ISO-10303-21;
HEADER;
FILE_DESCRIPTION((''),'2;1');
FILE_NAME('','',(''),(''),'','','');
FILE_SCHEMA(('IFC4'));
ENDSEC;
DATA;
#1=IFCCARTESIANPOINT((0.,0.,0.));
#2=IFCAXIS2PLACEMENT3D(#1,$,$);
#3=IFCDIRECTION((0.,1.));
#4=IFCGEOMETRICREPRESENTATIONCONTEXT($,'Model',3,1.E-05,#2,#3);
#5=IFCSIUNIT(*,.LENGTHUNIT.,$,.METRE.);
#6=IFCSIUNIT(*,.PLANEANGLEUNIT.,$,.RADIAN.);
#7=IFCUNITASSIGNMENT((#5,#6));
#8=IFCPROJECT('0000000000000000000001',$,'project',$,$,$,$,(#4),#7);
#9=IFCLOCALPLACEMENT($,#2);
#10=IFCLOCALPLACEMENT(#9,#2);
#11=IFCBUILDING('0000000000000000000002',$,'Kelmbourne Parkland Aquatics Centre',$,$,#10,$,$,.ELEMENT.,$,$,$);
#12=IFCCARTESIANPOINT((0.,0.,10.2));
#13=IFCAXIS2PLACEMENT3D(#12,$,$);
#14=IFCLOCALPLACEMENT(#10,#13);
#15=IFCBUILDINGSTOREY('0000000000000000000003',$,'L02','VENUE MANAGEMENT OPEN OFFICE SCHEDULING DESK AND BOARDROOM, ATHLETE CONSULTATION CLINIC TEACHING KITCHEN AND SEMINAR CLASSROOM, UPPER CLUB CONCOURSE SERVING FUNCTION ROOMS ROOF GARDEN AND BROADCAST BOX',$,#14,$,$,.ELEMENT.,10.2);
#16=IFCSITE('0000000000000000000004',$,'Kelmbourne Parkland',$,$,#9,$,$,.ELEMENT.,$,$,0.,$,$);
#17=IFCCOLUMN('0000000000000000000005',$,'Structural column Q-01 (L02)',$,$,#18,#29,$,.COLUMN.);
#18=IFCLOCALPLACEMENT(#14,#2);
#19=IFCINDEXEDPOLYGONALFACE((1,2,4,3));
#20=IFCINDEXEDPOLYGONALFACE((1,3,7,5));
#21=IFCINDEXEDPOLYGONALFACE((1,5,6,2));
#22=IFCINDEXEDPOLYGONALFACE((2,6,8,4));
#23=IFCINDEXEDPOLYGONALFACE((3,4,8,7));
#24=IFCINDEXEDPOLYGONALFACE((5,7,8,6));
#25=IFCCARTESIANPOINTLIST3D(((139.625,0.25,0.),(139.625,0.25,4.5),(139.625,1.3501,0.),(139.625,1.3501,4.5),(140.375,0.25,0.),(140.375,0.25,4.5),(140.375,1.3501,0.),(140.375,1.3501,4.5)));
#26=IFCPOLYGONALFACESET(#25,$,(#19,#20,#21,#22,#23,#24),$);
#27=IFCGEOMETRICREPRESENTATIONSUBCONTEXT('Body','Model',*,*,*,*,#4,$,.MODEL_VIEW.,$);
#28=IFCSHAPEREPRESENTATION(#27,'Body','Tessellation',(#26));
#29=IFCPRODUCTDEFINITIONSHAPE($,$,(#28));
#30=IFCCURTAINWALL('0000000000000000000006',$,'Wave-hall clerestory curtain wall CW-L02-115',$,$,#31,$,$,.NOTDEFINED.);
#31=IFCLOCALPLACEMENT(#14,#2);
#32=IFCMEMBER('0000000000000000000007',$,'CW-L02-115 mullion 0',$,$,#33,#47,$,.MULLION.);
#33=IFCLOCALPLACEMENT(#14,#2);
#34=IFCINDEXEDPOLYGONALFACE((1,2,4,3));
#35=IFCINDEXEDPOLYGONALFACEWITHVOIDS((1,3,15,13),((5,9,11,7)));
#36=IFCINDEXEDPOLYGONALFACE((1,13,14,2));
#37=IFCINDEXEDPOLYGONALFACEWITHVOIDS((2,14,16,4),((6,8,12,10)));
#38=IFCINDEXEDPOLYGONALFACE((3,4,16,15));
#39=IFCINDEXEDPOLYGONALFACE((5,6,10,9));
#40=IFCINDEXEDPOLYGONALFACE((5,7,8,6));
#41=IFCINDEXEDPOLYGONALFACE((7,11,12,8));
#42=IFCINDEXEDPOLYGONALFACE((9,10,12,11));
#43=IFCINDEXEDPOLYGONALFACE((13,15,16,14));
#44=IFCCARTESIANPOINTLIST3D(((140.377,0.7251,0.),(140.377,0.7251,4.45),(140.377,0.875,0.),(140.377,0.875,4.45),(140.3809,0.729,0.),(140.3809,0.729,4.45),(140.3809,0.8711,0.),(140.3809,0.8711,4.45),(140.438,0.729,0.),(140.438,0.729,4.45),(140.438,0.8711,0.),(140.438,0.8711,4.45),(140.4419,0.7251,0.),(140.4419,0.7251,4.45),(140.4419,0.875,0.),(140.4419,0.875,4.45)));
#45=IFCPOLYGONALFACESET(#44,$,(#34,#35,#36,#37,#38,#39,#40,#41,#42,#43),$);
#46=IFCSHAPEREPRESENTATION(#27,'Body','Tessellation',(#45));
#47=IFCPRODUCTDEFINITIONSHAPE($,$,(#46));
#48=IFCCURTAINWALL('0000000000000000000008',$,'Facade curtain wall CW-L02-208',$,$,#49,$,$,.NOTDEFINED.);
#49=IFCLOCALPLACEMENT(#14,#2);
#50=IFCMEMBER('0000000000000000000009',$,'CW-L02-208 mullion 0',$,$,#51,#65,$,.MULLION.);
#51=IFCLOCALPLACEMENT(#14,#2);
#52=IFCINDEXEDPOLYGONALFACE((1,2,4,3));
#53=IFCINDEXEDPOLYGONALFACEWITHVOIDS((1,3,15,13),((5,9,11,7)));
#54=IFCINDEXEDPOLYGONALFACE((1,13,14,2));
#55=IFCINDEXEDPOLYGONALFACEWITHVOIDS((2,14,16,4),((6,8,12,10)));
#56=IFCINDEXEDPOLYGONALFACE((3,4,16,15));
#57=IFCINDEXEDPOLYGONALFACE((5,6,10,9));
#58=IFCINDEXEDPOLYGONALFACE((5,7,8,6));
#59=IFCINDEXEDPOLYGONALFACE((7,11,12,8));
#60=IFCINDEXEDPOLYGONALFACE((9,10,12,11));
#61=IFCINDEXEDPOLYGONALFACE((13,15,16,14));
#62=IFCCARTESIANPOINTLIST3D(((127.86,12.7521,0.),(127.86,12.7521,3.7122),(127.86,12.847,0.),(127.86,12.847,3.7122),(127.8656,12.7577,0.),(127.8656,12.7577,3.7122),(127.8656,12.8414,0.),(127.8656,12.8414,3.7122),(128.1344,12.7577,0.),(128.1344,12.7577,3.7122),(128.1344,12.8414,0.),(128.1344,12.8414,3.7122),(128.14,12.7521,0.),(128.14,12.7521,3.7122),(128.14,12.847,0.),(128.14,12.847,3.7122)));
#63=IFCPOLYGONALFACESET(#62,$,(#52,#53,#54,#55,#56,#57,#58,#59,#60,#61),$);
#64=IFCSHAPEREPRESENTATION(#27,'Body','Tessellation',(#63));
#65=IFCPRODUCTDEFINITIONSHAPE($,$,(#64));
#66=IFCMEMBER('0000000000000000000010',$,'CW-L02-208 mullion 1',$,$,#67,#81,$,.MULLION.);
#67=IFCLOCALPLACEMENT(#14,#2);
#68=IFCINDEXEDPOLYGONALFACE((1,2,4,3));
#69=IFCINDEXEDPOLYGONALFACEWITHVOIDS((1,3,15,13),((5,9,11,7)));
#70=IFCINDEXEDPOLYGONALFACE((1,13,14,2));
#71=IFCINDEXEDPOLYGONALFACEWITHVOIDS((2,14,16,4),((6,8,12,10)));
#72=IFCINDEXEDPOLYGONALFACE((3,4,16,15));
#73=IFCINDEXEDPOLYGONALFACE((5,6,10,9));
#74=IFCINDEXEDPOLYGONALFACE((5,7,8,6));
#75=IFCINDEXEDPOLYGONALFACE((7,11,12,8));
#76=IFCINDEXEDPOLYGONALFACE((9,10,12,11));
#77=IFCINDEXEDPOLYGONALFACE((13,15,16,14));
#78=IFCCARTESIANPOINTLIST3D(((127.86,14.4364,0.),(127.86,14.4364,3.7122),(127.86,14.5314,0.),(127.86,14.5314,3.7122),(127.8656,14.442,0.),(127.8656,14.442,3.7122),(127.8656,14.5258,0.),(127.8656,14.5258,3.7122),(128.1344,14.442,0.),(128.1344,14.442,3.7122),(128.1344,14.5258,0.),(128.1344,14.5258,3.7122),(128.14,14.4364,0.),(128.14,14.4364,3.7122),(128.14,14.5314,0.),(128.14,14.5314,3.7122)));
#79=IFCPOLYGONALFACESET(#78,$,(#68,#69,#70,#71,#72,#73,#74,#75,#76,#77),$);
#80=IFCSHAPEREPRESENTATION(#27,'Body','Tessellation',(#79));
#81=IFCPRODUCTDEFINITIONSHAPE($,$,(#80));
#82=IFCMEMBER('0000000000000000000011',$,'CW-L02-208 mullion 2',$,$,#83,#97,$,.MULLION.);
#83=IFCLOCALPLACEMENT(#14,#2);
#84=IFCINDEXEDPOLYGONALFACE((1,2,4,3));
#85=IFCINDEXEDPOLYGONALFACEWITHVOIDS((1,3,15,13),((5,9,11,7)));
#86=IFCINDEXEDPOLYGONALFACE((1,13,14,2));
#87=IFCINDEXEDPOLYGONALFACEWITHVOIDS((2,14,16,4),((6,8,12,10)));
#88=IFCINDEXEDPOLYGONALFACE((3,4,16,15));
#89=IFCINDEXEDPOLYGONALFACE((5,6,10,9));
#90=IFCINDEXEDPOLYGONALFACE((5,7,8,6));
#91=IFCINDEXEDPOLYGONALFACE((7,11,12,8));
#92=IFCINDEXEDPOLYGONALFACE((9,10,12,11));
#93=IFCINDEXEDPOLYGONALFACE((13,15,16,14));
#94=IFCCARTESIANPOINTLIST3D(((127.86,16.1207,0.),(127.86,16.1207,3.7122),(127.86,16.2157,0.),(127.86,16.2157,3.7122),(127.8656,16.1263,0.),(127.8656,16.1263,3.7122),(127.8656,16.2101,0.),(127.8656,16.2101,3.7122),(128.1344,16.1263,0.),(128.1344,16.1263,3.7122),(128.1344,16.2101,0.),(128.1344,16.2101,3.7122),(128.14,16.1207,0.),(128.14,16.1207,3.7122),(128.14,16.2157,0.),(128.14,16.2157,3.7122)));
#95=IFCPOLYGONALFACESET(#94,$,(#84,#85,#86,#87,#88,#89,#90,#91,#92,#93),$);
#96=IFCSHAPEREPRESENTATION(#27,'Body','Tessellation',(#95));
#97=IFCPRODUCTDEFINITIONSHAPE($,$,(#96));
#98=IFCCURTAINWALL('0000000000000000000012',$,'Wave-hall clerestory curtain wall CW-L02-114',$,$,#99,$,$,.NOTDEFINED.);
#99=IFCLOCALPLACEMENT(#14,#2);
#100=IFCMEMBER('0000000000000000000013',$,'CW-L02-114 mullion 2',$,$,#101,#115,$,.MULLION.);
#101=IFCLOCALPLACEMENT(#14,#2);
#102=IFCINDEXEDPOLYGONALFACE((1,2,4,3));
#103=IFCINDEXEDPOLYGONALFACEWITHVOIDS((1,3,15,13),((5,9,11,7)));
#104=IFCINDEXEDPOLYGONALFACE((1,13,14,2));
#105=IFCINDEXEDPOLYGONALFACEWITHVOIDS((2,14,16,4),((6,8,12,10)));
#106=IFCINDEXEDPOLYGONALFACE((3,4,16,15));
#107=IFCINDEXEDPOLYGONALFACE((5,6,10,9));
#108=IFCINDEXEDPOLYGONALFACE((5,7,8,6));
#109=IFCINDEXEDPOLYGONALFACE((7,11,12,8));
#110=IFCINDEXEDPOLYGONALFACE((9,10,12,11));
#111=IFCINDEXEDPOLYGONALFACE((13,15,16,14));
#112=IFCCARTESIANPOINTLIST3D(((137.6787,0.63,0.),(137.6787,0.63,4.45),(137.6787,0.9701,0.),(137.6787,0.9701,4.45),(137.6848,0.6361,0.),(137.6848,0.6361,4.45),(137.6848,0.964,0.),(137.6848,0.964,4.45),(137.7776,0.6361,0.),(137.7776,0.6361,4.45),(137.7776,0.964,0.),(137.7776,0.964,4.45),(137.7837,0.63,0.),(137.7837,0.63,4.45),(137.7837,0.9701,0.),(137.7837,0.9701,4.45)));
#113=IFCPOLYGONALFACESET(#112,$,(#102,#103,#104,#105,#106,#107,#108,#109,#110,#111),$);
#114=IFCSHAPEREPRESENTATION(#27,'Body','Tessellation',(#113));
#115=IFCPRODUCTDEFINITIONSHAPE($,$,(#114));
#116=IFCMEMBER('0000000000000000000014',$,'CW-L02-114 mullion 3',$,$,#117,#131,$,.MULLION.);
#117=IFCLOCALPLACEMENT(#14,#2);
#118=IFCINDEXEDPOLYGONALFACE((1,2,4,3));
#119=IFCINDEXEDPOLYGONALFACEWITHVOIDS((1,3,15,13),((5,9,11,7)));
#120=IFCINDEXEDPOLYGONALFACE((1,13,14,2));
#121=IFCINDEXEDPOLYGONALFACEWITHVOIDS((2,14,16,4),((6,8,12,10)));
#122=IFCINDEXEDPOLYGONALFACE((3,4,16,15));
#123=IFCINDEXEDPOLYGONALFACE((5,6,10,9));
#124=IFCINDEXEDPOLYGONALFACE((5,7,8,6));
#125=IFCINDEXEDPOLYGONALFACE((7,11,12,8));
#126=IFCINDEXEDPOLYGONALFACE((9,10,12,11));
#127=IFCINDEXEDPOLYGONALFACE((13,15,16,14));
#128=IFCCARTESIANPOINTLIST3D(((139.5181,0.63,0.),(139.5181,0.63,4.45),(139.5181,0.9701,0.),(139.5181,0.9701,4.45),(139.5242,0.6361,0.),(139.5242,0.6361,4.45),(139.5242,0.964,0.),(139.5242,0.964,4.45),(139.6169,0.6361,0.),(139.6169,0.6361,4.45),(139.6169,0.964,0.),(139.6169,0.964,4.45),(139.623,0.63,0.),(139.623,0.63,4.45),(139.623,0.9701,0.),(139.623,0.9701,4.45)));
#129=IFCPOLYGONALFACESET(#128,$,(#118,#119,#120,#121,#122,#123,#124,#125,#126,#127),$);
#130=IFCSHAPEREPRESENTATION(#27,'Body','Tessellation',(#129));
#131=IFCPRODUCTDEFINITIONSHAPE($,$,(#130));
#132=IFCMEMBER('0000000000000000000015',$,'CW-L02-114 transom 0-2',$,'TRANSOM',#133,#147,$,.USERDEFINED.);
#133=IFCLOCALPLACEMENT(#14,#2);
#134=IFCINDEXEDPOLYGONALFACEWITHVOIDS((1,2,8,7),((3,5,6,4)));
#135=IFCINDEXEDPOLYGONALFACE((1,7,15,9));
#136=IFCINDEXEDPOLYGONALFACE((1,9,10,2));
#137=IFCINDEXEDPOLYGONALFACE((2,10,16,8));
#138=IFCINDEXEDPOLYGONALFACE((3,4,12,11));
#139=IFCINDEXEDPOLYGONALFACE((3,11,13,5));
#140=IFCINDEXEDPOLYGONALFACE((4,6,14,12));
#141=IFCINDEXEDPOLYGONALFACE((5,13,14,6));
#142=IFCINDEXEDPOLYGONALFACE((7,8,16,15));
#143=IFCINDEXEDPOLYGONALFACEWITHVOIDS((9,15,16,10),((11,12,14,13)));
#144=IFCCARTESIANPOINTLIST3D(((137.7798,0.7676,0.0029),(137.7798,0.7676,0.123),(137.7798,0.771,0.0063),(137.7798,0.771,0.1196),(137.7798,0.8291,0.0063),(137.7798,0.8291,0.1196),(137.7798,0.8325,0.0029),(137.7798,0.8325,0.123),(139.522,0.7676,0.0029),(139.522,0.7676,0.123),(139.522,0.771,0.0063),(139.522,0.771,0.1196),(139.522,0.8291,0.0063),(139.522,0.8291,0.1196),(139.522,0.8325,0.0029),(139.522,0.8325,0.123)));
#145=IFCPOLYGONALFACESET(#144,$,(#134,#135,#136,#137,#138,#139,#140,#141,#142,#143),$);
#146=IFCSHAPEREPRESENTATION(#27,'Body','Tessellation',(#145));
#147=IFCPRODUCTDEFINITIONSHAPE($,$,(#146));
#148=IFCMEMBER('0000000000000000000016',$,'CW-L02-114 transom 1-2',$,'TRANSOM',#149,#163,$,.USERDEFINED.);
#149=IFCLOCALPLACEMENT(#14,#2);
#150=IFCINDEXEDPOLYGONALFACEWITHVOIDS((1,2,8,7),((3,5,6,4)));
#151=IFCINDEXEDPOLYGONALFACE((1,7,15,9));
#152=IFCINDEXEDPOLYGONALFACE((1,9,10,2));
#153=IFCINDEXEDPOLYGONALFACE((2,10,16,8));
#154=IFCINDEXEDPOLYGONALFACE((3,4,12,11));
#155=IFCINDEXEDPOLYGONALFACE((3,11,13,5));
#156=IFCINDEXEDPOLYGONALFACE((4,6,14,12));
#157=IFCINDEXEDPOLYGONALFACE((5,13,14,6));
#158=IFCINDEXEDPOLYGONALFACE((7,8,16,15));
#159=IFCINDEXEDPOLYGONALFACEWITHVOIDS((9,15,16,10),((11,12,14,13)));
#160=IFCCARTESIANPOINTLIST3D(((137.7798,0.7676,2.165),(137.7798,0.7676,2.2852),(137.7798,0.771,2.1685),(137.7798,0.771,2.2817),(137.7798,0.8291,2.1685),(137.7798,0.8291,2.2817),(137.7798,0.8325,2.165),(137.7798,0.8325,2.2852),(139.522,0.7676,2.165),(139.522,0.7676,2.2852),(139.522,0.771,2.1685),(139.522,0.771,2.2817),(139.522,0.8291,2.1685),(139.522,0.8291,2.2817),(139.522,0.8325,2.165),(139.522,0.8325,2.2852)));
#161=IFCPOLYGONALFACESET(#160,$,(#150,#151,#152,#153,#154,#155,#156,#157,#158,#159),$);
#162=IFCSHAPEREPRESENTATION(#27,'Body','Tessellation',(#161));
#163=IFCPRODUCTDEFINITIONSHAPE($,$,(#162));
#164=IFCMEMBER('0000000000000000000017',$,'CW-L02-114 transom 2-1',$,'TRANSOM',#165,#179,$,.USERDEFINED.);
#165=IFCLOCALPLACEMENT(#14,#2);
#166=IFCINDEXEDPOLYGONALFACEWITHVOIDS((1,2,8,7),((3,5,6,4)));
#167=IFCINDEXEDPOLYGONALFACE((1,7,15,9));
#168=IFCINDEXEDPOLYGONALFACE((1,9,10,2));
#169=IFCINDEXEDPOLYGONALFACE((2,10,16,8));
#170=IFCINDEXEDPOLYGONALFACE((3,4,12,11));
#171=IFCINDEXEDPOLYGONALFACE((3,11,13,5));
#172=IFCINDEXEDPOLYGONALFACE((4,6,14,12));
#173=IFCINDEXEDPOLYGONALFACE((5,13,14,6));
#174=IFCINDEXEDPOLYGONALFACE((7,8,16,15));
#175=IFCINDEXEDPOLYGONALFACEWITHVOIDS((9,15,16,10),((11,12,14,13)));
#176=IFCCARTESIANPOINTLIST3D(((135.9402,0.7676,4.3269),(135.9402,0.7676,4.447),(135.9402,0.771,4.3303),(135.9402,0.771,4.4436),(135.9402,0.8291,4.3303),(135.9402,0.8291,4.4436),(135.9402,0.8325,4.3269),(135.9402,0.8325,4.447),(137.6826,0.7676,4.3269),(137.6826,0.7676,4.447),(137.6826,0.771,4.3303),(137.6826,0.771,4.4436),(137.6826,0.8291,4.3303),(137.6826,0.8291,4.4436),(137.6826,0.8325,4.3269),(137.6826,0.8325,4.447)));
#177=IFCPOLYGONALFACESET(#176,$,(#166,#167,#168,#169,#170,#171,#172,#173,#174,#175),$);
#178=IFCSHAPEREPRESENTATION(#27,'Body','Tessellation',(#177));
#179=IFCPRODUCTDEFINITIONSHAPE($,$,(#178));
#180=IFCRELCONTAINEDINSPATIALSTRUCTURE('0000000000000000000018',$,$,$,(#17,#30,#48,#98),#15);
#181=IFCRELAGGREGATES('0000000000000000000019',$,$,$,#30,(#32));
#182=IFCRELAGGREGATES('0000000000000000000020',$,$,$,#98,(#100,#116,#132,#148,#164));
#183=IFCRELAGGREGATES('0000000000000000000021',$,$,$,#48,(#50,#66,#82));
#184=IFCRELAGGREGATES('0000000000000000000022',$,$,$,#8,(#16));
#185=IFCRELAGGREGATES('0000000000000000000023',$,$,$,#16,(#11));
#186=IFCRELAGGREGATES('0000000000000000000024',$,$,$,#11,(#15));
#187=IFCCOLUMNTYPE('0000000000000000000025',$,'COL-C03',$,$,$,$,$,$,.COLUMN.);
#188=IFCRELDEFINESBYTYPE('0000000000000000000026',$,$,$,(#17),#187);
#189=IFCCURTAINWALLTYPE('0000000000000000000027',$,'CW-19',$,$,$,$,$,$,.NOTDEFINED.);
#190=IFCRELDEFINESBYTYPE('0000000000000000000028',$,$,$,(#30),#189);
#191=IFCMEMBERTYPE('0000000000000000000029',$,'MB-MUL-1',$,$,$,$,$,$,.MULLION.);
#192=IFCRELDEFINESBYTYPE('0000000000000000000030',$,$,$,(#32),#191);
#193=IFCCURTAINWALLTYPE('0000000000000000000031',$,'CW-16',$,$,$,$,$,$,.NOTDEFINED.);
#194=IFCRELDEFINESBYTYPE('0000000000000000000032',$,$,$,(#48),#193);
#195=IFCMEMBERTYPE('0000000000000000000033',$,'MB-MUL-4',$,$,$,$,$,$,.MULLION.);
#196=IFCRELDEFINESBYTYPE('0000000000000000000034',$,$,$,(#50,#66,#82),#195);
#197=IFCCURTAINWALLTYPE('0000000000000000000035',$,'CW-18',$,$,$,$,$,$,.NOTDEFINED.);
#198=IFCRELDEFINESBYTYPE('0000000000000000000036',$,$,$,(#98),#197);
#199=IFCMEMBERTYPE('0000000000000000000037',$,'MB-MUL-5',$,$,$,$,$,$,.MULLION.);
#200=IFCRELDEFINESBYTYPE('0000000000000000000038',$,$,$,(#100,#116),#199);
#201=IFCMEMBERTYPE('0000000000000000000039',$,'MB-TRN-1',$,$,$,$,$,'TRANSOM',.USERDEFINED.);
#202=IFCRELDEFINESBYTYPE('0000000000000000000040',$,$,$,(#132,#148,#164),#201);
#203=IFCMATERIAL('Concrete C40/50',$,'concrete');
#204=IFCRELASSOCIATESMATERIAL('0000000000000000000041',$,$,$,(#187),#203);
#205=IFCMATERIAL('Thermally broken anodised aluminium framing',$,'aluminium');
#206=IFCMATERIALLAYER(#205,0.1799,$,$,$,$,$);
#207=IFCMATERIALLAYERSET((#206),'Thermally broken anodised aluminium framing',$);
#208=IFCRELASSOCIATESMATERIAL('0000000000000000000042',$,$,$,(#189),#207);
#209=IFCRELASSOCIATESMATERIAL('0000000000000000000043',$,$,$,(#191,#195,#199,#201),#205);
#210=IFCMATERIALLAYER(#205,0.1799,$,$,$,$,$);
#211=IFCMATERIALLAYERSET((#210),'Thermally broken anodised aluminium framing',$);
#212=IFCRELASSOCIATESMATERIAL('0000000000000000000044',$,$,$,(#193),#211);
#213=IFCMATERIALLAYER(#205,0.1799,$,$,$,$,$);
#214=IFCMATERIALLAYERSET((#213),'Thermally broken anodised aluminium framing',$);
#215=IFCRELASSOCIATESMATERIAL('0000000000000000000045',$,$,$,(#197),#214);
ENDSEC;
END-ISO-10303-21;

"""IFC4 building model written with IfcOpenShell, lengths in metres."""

from ifc_helpers import new_model, si_unit, direction, frame, origin, origin_2d, place, context, subcontext, project, spatial, rectangle, hollow_rectangle, extrude, material, layer, layer_set, material_profile, profile_set, type_object, element, aggregate, save


model = new_model("IFC4")

# Units and contexts
model_context = context("Model", 3, precision=1e-05, world=origin(), true_north=direction((0.0, 1.0)))
body_context = subcontext(model_context, "Body", "Model", "MODEL_VIEW")
ifc_project = project(units=[si_unit("LENGTHUNIT", "METRE"), si_unit("PLANEANGLEUNIT", "RADIAN")], contexts=[model_context])

# Site, building, storey
site_placement = place(None, origin())
site = spatial("IfcSite", under=ifc_project, at=site_placement, Name="Kelmbourne Parkland", CompositionType="ELEMENT", RefElevation=0.0)
building_placement = place(site_placement, origin())
building = spatial("IfcBuilding", under=site, at=building_placement, Name="Kelmbourne Parkland Aquatics Centre", CompositionType="ELEMENT")
storey_placement = place(building_placement, frame((0.0, 0.0, 10.2)))
storey = spatial("IfcBuildingStorey", under=building, at=storey_placement, Name="L02", Description="VENUE MANAGEMENT OPEN OFFICE SCHEDULING DESK AND BOARDROOM, ATHLETE CONSULTATION CLINIC TEACHING KITCHEN AND SEMINAR CLASSROOM, UPPER CLUB CONCOURSE SERVING FUNCTION ROOMS ROOF GARDEN AND BROADCAST BOX", CompositionType="ELEMENT", Elevation=10.2)

# Column
ifc_material_1 = material(Name="Concrete C40/50", Category="concrete")
ifc_material_profile_1 = material_profile(ifc_material_1, rectangle(XDim=0.75, YDim=1.1001, at=origin_2d()), Name="RC 750x1100")
ifc_profile_set_1 = profile_set([ifc_material_profile_1], Name="Concrete C40/50")
column_type = type_object("IfcColumnType", Name="COL-C03", PredefinedType="COLUMN", material=ifc_profile_set_1)
column_placement = place(storey_placement, frame((140.0, 0.8, 0.0), z_axis=(0.0, 0.0, 1.0), x_axis=(1.0, 0.0, 0.0)))
element("IfcColumn", 1, at=column_placement, inside=storey, type_object=column_type, Name="Structural column Q-01 (L02)", PredefinedType="COLUMN", context=body_context, shape_type="SweptSolid", body=[
    extrude(rectangle(XDim=0.75, YDim=1.1001, at=origin_2d()), origin(), (0.0, 0.0, 1.0), 4.5),
])

# Curtain wall, member
ifc_material_2 = material(Name="Thermally broken anodised aluminium framing", Category="aluminium")
ifc_layer_1 = layer(ifc_material_2, 0.1799)
ifc_layer_set_1 = layer_set([ifc_layer_1], Name="Thermally broken anodised aluminium framing")
curtain_wall_type_1 = type_object("IfcCurtainWallType", Name="CW-19", PredefinedType="NOTDEFINED", material=ifc_layer_set_1)
curtain_wall_1_placement = place(storey_placement, origin())
curtain_wall_1 = element("IfcCurtainWall", 2, at=curtain_wall_1_placement, inside=storey, type_object=curtain_wall_type_1, Name="Wave-hall clerestory curtain wall CW-L02-115", PredefinedType="NOTDEFINED")
ifc_material_profile_2 = material_profile(ifc_material_2, hollow_rectangle(XDim=0.0649, YDim=0.1499, WallThickness=0.0039, at=origin_2d()), Name="CW-M 65x150")
ifc_profile_set_2 = profile_set([ifc_material_profile_2], Name="Thermally broken anodised aluminium framing")
member_type_1 = type_object("IfcMemberType", Name="MB-MUL-1", PredefinedType="MULLION", material=ifc_profile_set_2)
member_1_placement = place(storey_placement, frame((140.4094, 0.8, 0.0), z_axis=(0.0, 0.0, 1.0), x_axis=(1.0, 0.0, 0.0)))
member_1 = element("IfcMember", 3, at=member_1_placement, type_object=member_type_1, Name="CW-L02-115 mullion 0", PredefinedType="MULLION", context=body_context, shape_type="SweptSolid", body=[
    extrude(hollow_rectangle(XDim=0.0649, YDim=0.1499, WallThickness=0.0039, at=origin_2d()), origin(), (0.0, 0.0, 1.0), 4.45),
])
aggregate(curtain_wall_1, [member_1])

# Curtain walls, members
ifc_layer_2 = layer(ifc_material_2, 0.1799)
ifc_layer_set_2 = layer_set([ifc_layer_2], Name="Thermally broken anodised aluminium framing")
curtain_wall_type_2 = type_object("IfcCurtainWallType", Name="CW-16", PredefinedType="NOTDEFINED", material=ifc_layer_set_2)
curtain_wall_2_placement = place(storey_placement, origin())
curtain_wall_2 = element("IfcCurtainWall", 4, at=curtain_wall_2_placement, inside=storey, type_object=curtain_wall_type_2, Name="Facade curtain wall CW-L02-208", PredefinedType="NOTDEFINED")
ifc_material_profile_3 = material_profile(ifc_material_2, hollow_rectangle(XDim=0.095, YDim=0.28, WallThickness=0.0056, at=origin_2d()), Name="CW-M 95x280")
ifc_profile_set_3 = profile_set([ifc_material_profile_3], Name="Thermally broken anodised aluminium framing")
member_type_2 = type_object("IfcMemberType", Name="MB-MUL-4", PredefinedType="MULLION", material=ifc_profile_set_3)
member_2_placement = place(storey_placement, frame((128.0, 12.7996, 0.0), z_axis=(0.0, 0.0, 1.0), x_axis=(0.0, 1.0, 0.0)))
member_2 = element("IfcMember", 5, at=member_2_placement, type_object=member_type_2, Name="CW-L02-208 mullion 0", PredefinedType="MULLION", context=body_context, shape_type="SweptSolid", body=[
    extrude(hollow_rectangle(XDim=0.095, YDim=0.28, WallThickness=0.0056, at=origin_2d()), origin(), (0.0, 0.0, 1.0), 3.7122),
])
member_3_placement = place(storey_placement, frame((128.0, 14.4839, 0.0), z_axis=(0.0, 0.0, 1.0), x_axis=(0.0, 1.0, 0.0)))
member_3 = element("IfcMember", 6, at=member_3_placement, type_object=member_type_2, Name="CW-L02-208 mullion 1", PredefinedType="MULLION", context=body_context, shape_type="SweptSolid", body=[
    extrude(hollow_rectangle(XDim=0.095, YDim=0.28, WallThickness=0.0056, at=origin_2d()), origin(), (0.0, 0.0, 1.0), 3.7122),
])
member_4_placement = place(storey_placement, frame((128.0, 16.1682, 0.0), z_axis=(0.0, 0.0, 1.0), x_axis=(0.0, 1.0, 0.0)))
member_4 = element("IfcMember", 7, at=member_4_placement, type_object=member_type_2, Name="CW-L02-208 mullion 2", PredefinedType="MULLION", context=body_context, shape_type="SweptSolid", body=[
    extrude(hollow_rectangle(XDim=0.095, YDim=0.28, WallThickness=0.0056, at=origin_2d()), origin(), (0.0, 0.0, 1.0), 3.7122),
])
ifc_layer_3 = layer(ifc_material_2, 0.1799)
ifc_layer_set_3 = layer_set([ifc_layer_3], Name="Thermally broken anodised aluminium framing")
curtain_wall_type_3 = type_object("IfcCurtainWallType", Name="CW-18", PredefinedType="NOTDEFINED", material=ifc_layer_set_3)
curtain_wall_3_placement = place(storey_placement, origin())
curtain_wall_3 = element("IfcCurtainWall", 8, at=curtain_wall_3_placement, inside=storey, type_object=curtain_wall_type_3, Name="Wave-hall clerestory curtain wall CW-L02-114", PredefinedType="NOTDEFINED")
ifc_material_profile_4 = material_profile(ifc_material_2, hollow_rectangle(XDim=0.105, YDim=0.3401, WallThickness=0.0061, at=origin_2d()), Name="CW-M 105x340")
ifc_profile_set_4 = profile_set([ifc_material_profile_4], Name="Thermally broken anodised aluminium framing")
member_type_3 = type_object("IfcMemberType", Name="MB-MUL-5", PredefinedType="MULLION", material=ifc_profile_set_4)
member_5_placement = place(storey_placement, frame((137.7312, 0.8, 0.0), z_axis=(0.0, 0.0, 1.0), x_axis=(1.0, 0.0, 0.0)))
member_5 = element("IfcMember", 9, at=member_5_placement, type_object=member_type_3, Name="CW-L02-114 mullion 2", PredefinedType="MULLION", context=body_context, shape_type="SweptSolid", body=[
    extrude(hollow_rectangle(XDim=0.105, YDim=0.3401, WallThickness=0.0061, at=origin_2d()), origin(), (0.0, 0.0, 1.0), 4.45),
])
member_6_placement = place(storey_placement, frame((139.5706, 0.8, 0.0), z_axis=(0.0, 0.0, 1.0), x_axis=(1.0, 0.0, 0.0)))
member_6 = element("IfcMember", 10, at=member_6_placement, type_object=member_type_3, Name="CW-L02-114 mullion 3", PredefinedType="MULLION", context=body_context, shape_type="SweptSolid", body=[
    extrude(hollow_rectangle(XDim=0.105, YDim=0.3401, WallThickness=0.0061, at=origin_2d()), origin(), (0.0, 0.0, 1.0), 4.45),
])
ifc_material_profile_5 = material_profile(ifc_material_2, hollow_rectangle(XDim=0.0649, YDim=0.1201, WallThickness=0.0034, at=origin_2d()), Name="CW-T 65x120")
ifc_profile_set_5 = profile_set([ifc_material_profile_5], Name="Thermally broken anodised aluminium framing")
member_type_4 = type_object("IfcMemberType", Name="MB-TRN-1", ElementType="TRANSOM", PredefinedType="USERDEFINED", material=ifc_profile_set_5)
member_7_placement = place(storey_placement, frame((137.7798, 0.8, 0.063), z_axis=(1.0, 0.0, 0.0), x_axis=(0.0, 1.0, 0.0)))
member_7 = element("IfcMember", 11, at=member_7_placement, type_object=member_type_4, Name="CW-L02-114 transom 0-2", ObjectType="TRANSOM", PredefinedType="USERDEFINED", context=body_context, shape_type="SweptSolid", body=[
    extrude(hollow_rectangle(XDim=0.0649, YDim=0.1201, WallThickness=0.0034, at=origin_2d()), origin(), (0.0, 0.0, 1.0), 1.7422),
])
member_8_placement = place(storey_placement, frame((137.7798, 0.8, 2.2251), z_axis=(1.0, 0.0, 0.0), x_axis=(0.0, 1.0, 0.0)))
member_8 = element("IfcMember", 12, at=member_8_placement, type_object=member_type_4, Name="CW-L02-114 transom 1-2", ObjectType="TRANSOM", PredefinedType="USERDEFINED", context=body_context, shape_type="SweptSolid", body=[
    extrude(hollow_rectangle(XDim=0.0649, YDim=0.1201, WallThickness=0.0034, at=origin_2d()), origin(), (0.0, 0.0, 1.0), 1.7422),
])
member_9_placement = place(storey_placement, frame((135.9402, 0.8, 4.387), z_axis=(1.0, 0.0, 0.0), x_axis=(0.0, 1.0, 0.0)))
member_9 = element("IfcMember", 13, at=member_9_placement, type_object=member_type_4, Name="CW-L02-114 transom 2-1", ObjectType="TRANSOM", PredefinedType="USERDEFINED", context=body_context, shape_type="SweptSolid", body=[
    extrude(hollow_rectangle(XDim=0.0649, YDim=0.1201, WallThickness=0.0034, at=origin_2d()), origin(), (0.0, 0.0, 1.0), 1.7424),
])

aggregate(curtain_wall_3, [member_5, member_6, member_7, member_8, member_9])
aggregate(curtain_wall_2, [member_2, member_3, member_4])

save(model, "model.ifc")
